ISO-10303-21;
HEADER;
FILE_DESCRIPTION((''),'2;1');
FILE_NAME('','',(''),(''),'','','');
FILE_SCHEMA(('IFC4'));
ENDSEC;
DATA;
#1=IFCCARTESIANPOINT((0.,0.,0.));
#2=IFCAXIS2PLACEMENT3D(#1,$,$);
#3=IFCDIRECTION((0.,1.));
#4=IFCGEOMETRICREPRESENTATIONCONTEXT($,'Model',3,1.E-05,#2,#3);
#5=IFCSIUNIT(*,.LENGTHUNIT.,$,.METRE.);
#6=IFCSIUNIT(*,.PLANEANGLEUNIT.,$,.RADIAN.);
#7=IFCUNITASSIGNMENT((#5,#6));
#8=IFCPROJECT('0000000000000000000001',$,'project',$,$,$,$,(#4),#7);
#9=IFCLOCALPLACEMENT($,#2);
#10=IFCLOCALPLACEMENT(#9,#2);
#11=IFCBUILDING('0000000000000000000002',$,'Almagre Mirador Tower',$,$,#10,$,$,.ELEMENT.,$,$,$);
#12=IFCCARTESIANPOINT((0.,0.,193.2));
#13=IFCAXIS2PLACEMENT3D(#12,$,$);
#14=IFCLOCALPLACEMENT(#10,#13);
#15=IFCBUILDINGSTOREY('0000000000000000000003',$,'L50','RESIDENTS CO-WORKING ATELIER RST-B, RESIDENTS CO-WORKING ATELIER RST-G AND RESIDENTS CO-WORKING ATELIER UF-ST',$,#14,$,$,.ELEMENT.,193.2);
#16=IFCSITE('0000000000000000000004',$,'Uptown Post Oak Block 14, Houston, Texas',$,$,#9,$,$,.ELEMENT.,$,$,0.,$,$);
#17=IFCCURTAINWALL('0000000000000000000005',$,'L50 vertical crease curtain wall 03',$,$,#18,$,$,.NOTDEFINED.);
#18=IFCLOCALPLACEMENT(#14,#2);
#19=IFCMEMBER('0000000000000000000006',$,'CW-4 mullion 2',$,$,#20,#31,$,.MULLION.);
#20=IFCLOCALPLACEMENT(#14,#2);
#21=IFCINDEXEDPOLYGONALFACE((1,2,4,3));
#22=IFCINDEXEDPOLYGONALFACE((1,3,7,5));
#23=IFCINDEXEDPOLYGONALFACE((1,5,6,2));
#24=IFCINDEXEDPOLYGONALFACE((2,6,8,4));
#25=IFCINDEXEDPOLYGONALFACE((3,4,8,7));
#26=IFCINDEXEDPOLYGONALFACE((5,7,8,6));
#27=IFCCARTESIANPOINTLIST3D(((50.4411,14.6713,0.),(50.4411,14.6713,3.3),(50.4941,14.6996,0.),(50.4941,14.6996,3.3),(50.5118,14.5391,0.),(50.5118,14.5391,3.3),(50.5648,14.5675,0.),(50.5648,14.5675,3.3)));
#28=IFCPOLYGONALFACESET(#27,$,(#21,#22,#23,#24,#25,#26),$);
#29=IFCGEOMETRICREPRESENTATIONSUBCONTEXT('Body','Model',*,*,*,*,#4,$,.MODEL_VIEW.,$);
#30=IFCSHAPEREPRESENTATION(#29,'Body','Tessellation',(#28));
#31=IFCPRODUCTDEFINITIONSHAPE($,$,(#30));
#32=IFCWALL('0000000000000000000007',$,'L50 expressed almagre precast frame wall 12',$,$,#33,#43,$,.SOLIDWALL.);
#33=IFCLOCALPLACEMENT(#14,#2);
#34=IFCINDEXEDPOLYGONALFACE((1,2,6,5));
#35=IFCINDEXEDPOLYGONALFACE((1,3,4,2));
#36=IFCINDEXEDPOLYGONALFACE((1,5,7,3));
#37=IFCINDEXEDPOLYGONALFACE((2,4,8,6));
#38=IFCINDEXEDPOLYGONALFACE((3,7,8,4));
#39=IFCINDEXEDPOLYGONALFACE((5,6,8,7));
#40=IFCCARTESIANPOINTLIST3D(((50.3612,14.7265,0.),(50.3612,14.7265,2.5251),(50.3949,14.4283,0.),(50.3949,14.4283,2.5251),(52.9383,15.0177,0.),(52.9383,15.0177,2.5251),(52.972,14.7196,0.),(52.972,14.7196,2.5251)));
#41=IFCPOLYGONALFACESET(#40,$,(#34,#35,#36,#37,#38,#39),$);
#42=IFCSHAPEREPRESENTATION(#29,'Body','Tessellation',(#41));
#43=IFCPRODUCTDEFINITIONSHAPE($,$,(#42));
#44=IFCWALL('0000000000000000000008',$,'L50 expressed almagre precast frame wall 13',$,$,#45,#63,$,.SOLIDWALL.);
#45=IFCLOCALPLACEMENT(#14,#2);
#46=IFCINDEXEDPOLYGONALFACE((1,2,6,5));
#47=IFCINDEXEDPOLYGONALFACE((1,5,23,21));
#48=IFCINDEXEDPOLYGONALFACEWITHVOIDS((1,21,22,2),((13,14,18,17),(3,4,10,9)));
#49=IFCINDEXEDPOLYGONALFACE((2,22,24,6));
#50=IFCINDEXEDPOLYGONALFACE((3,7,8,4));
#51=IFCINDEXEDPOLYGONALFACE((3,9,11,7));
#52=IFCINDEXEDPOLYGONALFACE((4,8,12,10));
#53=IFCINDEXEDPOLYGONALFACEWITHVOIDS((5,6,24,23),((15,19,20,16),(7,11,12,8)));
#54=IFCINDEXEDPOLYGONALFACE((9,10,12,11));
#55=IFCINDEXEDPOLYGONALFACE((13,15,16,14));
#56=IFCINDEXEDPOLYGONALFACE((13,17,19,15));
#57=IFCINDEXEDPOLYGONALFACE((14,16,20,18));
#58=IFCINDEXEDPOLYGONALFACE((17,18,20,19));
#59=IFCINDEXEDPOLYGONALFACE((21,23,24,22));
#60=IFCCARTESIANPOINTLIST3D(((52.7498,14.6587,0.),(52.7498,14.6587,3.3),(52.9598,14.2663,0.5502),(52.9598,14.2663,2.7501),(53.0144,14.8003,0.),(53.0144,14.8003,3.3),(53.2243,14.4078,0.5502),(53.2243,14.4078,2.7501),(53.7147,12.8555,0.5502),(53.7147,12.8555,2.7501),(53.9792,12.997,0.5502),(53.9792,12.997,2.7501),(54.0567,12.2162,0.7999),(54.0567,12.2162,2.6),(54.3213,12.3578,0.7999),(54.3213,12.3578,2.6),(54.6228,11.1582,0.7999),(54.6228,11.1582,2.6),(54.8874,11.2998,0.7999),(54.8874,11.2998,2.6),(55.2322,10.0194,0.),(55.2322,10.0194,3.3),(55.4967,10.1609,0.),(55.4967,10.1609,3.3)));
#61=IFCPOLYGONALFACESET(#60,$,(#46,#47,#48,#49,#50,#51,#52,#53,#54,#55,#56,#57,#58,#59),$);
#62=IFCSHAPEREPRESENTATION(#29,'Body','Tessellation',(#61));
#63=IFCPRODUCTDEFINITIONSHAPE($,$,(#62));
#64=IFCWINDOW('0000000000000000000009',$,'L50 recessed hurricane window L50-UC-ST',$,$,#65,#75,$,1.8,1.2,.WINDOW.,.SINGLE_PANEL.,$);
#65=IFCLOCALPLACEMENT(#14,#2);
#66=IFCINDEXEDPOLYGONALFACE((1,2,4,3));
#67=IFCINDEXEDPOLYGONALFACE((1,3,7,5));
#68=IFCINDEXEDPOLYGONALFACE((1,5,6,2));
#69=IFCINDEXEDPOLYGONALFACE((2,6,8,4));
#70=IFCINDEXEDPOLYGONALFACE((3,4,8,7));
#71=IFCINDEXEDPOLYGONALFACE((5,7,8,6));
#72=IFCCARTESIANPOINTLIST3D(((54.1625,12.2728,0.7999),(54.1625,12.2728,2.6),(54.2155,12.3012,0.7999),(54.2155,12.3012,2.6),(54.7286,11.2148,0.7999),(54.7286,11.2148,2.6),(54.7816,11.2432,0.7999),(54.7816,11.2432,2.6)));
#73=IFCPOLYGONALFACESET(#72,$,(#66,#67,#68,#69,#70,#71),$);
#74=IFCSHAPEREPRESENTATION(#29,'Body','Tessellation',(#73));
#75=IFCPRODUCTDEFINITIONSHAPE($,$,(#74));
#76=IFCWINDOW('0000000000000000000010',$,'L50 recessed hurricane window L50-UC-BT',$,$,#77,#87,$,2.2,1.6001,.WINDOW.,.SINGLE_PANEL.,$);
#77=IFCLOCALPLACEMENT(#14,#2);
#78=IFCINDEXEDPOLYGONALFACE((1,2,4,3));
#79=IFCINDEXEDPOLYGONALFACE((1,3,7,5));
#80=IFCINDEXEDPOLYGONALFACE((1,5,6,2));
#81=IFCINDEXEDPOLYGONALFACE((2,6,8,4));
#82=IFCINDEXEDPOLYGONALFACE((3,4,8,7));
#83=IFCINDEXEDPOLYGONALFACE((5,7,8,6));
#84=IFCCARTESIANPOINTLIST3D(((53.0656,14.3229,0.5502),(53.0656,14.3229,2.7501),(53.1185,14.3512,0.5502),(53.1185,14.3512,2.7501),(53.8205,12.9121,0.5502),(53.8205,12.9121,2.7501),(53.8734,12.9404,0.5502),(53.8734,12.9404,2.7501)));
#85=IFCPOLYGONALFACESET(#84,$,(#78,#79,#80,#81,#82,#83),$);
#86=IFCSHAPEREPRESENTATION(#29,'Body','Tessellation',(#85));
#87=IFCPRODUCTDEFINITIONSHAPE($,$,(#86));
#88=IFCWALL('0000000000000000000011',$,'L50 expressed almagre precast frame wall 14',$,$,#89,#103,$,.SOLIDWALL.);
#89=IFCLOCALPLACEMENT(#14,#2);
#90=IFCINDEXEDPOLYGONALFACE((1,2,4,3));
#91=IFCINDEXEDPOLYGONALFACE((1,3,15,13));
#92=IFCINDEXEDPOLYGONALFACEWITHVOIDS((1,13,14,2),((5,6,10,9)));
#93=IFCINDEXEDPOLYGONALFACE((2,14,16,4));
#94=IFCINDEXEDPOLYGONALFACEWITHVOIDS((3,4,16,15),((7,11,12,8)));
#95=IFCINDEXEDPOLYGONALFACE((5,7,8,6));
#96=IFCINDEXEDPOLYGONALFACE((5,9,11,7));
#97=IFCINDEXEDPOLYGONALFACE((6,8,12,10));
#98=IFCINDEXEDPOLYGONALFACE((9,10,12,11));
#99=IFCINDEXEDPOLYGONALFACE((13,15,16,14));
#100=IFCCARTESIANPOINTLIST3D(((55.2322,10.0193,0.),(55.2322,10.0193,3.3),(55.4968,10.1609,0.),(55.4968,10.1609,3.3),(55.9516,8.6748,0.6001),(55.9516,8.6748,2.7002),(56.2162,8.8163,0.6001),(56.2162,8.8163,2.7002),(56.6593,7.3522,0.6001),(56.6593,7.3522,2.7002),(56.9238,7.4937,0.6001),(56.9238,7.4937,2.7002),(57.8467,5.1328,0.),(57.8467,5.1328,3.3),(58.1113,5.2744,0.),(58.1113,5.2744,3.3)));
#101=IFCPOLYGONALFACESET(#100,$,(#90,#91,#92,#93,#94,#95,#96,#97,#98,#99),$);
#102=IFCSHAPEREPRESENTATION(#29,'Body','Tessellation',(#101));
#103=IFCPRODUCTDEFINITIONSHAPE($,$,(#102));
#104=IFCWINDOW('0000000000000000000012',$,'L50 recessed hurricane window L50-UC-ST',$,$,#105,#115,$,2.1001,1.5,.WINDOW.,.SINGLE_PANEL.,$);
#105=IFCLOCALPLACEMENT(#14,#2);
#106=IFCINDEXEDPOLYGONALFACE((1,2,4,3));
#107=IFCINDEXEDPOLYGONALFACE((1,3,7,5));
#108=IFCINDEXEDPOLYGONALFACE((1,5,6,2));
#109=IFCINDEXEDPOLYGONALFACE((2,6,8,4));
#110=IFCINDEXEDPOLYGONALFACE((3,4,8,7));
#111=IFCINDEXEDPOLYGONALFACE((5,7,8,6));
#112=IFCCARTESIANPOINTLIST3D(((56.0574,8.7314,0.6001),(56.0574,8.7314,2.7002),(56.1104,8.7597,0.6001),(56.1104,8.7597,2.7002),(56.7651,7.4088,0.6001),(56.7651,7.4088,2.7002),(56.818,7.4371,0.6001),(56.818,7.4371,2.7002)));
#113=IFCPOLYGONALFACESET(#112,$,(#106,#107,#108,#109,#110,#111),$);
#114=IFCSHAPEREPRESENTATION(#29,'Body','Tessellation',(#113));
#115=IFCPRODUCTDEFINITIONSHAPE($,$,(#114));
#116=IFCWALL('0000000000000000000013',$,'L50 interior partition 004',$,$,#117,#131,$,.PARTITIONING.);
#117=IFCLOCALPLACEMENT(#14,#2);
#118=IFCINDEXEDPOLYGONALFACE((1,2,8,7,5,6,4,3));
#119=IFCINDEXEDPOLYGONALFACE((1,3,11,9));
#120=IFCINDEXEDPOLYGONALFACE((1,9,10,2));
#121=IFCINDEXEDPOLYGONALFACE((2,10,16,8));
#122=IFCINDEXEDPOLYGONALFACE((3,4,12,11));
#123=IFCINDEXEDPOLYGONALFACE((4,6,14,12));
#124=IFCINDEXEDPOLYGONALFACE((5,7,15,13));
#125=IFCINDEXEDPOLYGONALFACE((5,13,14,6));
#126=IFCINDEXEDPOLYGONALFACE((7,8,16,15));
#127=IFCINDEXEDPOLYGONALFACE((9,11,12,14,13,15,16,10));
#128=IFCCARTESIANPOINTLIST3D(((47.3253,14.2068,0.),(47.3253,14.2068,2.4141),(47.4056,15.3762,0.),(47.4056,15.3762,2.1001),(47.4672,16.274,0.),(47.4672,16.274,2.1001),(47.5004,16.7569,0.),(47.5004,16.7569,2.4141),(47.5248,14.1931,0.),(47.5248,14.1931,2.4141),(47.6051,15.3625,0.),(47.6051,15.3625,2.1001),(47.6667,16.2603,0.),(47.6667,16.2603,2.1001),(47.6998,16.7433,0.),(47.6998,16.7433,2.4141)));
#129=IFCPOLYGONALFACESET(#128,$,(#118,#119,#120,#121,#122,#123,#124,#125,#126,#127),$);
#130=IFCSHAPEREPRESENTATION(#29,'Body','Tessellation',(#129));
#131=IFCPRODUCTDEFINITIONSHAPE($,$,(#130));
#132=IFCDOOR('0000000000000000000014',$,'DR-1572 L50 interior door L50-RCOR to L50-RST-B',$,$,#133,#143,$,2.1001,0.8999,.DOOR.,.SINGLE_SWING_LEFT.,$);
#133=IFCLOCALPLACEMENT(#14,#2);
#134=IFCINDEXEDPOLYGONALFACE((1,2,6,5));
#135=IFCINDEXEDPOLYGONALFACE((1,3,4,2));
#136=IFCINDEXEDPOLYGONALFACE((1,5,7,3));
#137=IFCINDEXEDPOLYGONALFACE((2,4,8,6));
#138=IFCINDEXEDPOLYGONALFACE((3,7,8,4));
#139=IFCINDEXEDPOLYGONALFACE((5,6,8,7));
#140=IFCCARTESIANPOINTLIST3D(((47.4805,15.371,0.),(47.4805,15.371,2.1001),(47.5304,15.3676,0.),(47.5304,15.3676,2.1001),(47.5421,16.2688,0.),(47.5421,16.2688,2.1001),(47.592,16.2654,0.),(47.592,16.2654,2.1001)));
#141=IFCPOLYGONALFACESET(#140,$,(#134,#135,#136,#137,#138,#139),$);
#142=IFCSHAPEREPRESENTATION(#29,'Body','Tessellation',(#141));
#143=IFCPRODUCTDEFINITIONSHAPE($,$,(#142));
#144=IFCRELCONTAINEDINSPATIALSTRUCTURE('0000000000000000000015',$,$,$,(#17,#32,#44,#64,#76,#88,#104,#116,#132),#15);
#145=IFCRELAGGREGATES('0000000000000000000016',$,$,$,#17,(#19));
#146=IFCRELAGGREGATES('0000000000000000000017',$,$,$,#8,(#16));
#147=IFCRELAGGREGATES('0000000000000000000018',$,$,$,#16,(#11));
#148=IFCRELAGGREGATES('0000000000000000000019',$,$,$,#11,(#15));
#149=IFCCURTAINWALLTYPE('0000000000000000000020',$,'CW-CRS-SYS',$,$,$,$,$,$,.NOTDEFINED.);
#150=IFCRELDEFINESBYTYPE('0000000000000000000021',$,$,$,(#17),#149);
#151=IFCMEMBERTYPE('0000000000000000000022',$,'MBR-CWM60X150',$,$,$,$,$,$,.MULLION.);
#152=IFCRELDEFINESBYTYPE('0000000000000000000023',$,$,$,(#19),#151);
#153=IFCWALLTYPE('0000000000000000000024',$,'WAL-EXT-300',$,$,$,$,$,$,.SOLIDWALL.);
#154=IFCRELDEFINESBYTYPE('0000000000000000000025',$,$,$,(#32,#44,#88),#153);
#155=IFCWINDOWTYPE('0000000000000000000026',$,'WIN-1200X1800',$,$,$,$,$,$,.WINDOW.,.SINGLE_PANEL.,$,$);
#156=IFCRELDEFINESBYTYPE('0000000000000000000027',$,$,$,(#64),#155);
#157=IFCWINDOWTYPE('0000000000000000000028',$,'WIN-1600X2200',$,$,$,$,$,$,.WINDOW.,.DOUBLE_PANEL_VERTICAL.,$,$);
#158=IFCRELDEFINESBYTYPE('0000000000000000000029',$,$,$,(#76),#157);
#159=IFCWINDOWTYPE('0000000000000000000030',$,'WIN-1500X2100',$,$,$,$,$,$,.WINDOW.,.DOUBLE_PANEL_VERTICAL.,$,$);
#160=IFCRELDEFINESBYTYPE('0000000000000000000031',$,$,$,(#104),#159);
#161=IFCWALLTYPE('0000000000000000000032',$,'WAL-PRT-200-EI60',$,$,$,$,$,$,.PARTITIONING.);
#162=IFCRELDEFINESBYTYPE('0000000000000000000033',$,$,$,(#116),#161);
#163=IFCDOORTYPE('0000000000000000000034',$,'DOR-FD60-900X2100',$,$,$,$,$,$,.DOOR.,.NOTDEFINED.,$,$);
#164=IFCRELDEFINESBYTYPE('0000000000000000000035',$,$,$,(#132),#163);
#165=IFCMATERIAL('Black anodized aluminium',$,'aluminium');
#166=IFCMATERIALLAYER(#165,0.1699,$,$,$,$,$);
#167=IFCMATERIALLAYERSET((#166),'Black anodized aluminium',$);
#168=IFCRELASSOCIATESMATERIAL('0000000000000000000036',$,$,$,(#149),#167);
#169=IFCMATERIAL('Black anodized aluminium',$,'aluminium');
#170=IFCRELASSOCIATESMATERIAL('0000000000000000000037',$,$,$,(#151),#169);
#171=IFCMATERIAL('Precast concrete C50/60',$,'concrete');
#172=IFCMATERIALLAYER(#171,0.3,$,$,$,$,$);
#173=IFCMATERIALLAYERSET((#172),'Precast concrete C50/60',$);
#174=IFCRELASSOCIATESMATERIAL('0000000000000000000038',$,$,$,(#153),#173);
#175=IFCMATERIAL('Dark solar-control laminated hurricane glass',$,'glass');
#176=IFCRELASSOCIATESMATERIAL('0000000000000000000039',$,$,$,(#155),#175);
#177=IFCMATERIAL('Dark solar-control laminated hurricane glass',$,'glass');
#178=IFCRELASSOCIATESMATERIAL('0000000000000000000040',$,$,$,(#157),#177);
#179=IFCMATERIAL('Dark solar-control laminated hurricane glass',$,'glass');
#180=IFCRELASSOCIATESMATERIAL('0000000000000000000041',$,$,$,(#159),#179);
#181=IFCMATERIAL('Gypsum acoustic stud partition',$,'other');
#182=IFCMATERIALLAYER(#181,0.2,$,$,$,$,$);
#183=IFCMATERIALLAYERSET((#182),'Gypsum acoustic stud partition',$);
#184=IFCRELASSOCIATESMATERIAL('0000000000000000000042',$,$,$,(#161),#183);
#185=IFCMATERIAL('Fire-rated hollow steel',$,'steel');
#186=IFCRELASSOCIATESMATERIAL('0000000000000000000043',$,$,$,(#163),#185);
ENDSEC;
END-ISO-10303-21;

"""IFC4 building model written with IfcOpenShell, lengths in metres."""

from ifc_helpers import new_model, si_unit, direction, frame, frame_2d, origin, origin_2d, place, context, subcontext, project, spatial, rectangle, extrude, material, layer, layer_set, material_profile, profile_set, type_object, element, fill, aggregate, save


model = new_model("IFC4")

# Units and contexts
model_context = context("Model", 3, precision=1e-05, world=origin(), true_north=direction((0.0, 1.0)))
body_context = subcontext(model_context, "Body", "Model", "MODEL_VIEW")
ifc_project = project(units=[si_unit("LENGTHUNIT", "METRE"), si_unit("PLANEANGLEUNIT", "RADIAN")], contexts=[model_context])

# Site, building, storey
site_placement = place(None, origin())
site = spatial("IfcSite", under=ifc_project, at=site_placement, Name="Uptown Post Oak Block 14, Houston, Texas", CompositionType="ELEMENT", RefElevation=0.0)
building_placement = place(site_placement, origin())
building = spatial("IfcBuilding", under=site, at=building_placement, Name="Almagre Mirador Tower", CompositionType="ELEMENT")
storey_placement = place(building_placement, frame((0.0, 0.0, 193.2)))
storey = spatial("IfcBuildingStorey", under=building, at=storey_placement, Name="L50", Description="RESIDENTS CO-WORKING ATELIER RST-B, RESIDENTS CO-WORKING ATELIER RST-G AND RESIDENTS CO-WORKING ATELIER UF-ST", CompositionType="ELEMENT", Elevation=193.2)

# Curtain wall, member
ifc_material_1 = material(Name="Black anodized aluminium", Category="aluminium")
ifc_layer_1 = layer(ifc_material_1, 0.1699)
ifc_layer_set_1 = layer_set([ifc_layer_1], Name="Black anodized aluminium")
curtain_wall_type = type_object("IfcCurtainWallType", Name="CW-CRS-SYS", PredefinedType="NOTDEFINED", material=ifc_layer_set_1)
curtain_wall_placement = place(storey_placement, origin())
curtain_wall = element("IfcCurtainWall", 1, at=curtain_wall_placement, inside=storey, type_object=curtain_wall_type, Name="L50 vertical crease curtain wall 03", PredefinedType="NOTDEFINED")
ifc_material_2 = material(Name="Black anodized aluminium", Category="aluminium")
ifc_material_profile_1 = material_profile(ifc_material_2, rectangle(XDim=0.0601, YDim=0.1499, at=origin_2d()), Name="CWM60X150")
ifc_profile_set_1 = profile_set([ifc_material_profile_1], Name="Black anodized aluminium")
member_type = type_object("IfcMemberType", Name="MBR-CWM60X150", PredefinedType="MULLION", material=ifc_profile_set_1)
member_placement = place(storey_placement, frame((50.5029, 14.6194, 0.0), z_axis=(0.0, 0.0, 1.0), x_axis=(0.881743, 0.47173, 0.0)))
member = element("IfcMember", 2, at=member_placement, type_object=member_type, Name="CW-4 mullion 2", PredefinedType="MULLION", context=body_context, shape_type="SweptSolid", body=[
    extrude(rectangle(XDim=0.0601, YDim=0.1499, at=origin_2d()), origin(), (0.0, 0.0, 1.0), 3.3),
])
aggregate(curtain_wall, [member])

# Wall
ifc_material_3 = material(Name="Precast concrete C50/60", Category="concrete")
ifc_layer_2 = layer(ifc_material_3, 0.3)
ifc_layer_set_2 = layer_set([ifc_layer_2], Name="Precast concrete C50/60")
wall_type_1 = type_object("IfcWallType", Name="WAL-EXT-300", PredefinedType="SOLIDWALL", material=ifc_layer_set_2)
wall_1_placement = place(storey_placement, frame((50.3779, 14.5774, 0.0), z_axis=(0.0, 0.0, 1.0), x_axis=(0.993674, 0.112301, 0.0)))
element("IfcWall", 3, at=wall_1_placement, inside=storey, type_object=wall_type_1, Name="L50 expressed almagre precast frame wall 12", PredefinedType="SOLIDWALL", context=body_context, shape_type="SweptSolid", body=[
    extrude(rectangle(XDim=2.5935, YDim=0.3, at=frame_2d((1.2969, 0.0))), origin(), (0.0, 0.0, 1.0), 2.5251),
])

# Wall, openings, windows
wall_2_placement = place(storey_placement, frame((52.8821, 14.7295, 0.0), z_axis=(0.0, 0.0, 1.0), x_axis=(0.471782, -0.881715, 0.0)))
wall_2 = element("IfcWall", 4, at=wall_2_placement, inside=storey, type_object=wall_type_1, Name="L50 expressed almagre precast frame wall 13", PredefinedType="SOLIDWALL", context=body_context, shape_type="SweptSolid", body=[
    extrude(rectangle(XDim=5.2617, YDim=0.3, at=frame_2d((2.6309, 0.0))), origin(), (0.0, 0.0, 1.0), 3.3),
])
opening_1_placement = place(wall_2_placement, frame((2.77, 0.0, 0.8)))
opening_1 = element("IfcOpeningElement", 5, at=opening_1_placement, cuts=wall_2, PredefinedType="OPENING", context=body_context, shape_type="SweptSolid", body=[
    extrude(rectangle(XDim=1.2, YDim=1.8, at=frame_2d((0.6001, 0.8999))), frame((0.0, 0.1599, 0.0), z_axis=(0.0, -1.0, 0.0), x_axis=(1.0, 0.0, 0.0)), (0.0, 0.0, 1.0), 0.32),
])
opening_2_placement = place(wall_2_placement, frame((0.4451, 0.0, 0.55)))
opening_2 = element("IfcOpeningElement", 6, at=opening_2_placement, cuts=wall_2, PredefinedType="OPENING", context=body_context, shape_type="SweptSolid", body=[
    extrude(rectangle(XDim=1.6001, YDim=2.2, at=frame_2d((0.8, 1.1001))), frame((0.0, 0.1599, 0.0), z_axis=(0.0, -1.0, 0.0), x_axis=(1.0, 0.0, 0.0)), (0.0, 0.0, 1.0), 0.32),
])
ifc_material_4 = material(Name="Dark solar-control laminated hurricane glass", Category="glass")
window_type_1 = type_object("IfcWindowType", Name="WIN-1200X1800", PartitioningType="SINGLE_PANEL", PredefinedType="WINDOW", material=ifc_material_4)
window_1_placement = place(opening_1_placement, origin())
window_1 = element("IfcWindow", 7, at=window_1_placement, inside=storey, type_object=window_type_1, Name="L50 recessed hurricane window L50-UC-ST", OverallHeight=1.8, OverallWidth=1.2, PartitioningType="SINGLE_PANEL", PredefinedType="WINDOW", context=body_context, shape_type="SweptSolid", body=[
    extrude(rectangle(XDim=1.2, YDim=1.8, at=frame_2d((0.6001, 0.8999))), frame((0.0, 0.03, 0.0), z_axis=(0.0, -1.0, 0.0), x_axis=(1.0, 0.0, 0.0)), (0.0, 0.0, 1.0), 0.0601),
])
fill(opening_1, window_1)
ifc_material_5 = material(Name="Dark solar-control laminated hurricane glass", Category="glass")
window_type_2 = type_object("IfcWindowType", Name="WIN-1600X2200", PartitioningType="DOUBLE_PANEL_VERTICAL", PredefinedType="WINDOW", material=ifc_material_5)
window_2_placement = place(opening_2_placement, origin())
window_2 = element("IfcWindow", 8, at=window_2_placement, inside=storey, type_object=window_type_2, Name="L50 recessed hurricane window L50-UC-BT", OverallHeight=2.2, OverallWidth=1.6001, PartitioningType="SINGLE_PANEL", PredefinedType="WINDOW", context=body_context, shape_type="SweptSolid", body=[
    extrude(rectangle(XDim=1.6001, YDim=2.2, at=frame_2d((0.8, 1.1001))), frame((0.0, 0.03, 0.0), z_axis=(0.0, -1.0, 0.0), x_axis=(1.0, 0.0, 0.0)), (0.0, 0.0, 1.0), 0.0601),
])
fill(opening_2, window_2)

# Wall, opening, window
wall_3_placement = place(storey_placement, frame((55.3645, 10.0901, 0.0), z_axis=(0.0, 0.0, 1.0), x_axis=(0.471765, -0.881724, 0.0)))
wall_3 = element("IfcWall", 9, at=wall_3_placement, inside=storey, type_object=wall_type_1, Name="L50 expressed almagre precast frame wall 14", PredefinedType="SOLIDWALL", context=body_context, shape_type="SweptSolid", body=[
    extrude(rectangle(XDim=5.542, YDim=0.3, at=frame_2d((2.771, 0.0))), origin(), (0.0, 0.0, 1.0), 3.3),
])
opening_3_placement = place(wall_3_placement, frame((1.5249, 0.0, 0.6001)))
opening_3 = element("IfcOpeningElement", 10, at=opening_3_placement, cuts=wall_3, PredefinedType="OPENING", context=body_context, shape_type="SweptSolid", body=[
    extrude(rectangle(XDim=1.5, YDim=2.1001, at=frame_2d((0.75, 1.05))), frame((0.0, 0.1599, 0.0), z_axis=(0.0, -1.0, 0.0), x_axis=(1.0, 0.0, 0.0)), (0.0, 0.0, 1.0), 0.32),
])
ifc_material_6 = material(Name="Dark solar-control laminated hurricane glass", Category="glass")
window_type_3 = type_object("IfcWindowType", Name="WIN-1500X2100", PartitioningType="DOUBLE_PANEL_VERTICAL", PredefinedType="WINDOW", material=ifc_material_6)
window_3_placement = place(opening_3_placement, origin())
window_3 = element("IfcWindow", 11, at=window_3_placement, inside=storey, type_object=window_type_3, Name="L50 recessed hurricane window L50-UC-ST", OverallHeight=2.1001, OverallWidth=1.5, PartitioningType="SINGLE_PANEL", PredefinedType="WINDOW", context=body_context, shape_type="SweptSolid", body=[
    extrude(rectangle(XDim=1.5, YDim=2.1001, at=frame_2d((0.75, 1.05))), frame((0.0, 0.03, 0.0), z_axis=(0.0, -1.0, 0.0), x_axis=(1.0, 0.0, 0.0)), (0.0, 0.0, 1.0), 0.0601),
])
fill(opening_3, window_3)

# Wall, opening, door
ifc_material_7 = material(Name="Gypsum acoustic stud partition", Category="other")
ifc_layer_3 = layer(ifc_material_7, 0.2)
ifc_layer_set_3 = layer_set([ifc_layer_3], Name="Gypsum acoustic stud partition")
wall_type_2 = type_object("IfcWallType", Name="WAL-PRT-200-EI60", PredefinedType="PARTITIONING", material=ifc_layer_set_3)
wall_4_placement = place(storey_placement, frame((47.425, 14.2, 0.0), z_axis=(0.0, 0.0, 1.0), x_axis=(0.068484, 0.997652, 0.0)))
wall_4 = element("IfcWall", 12, at=wall_4_placement, inside=storey, type_object=wall_type_2, Name="L50 interior partition 004", PredefinedType="PARTITIONING", context=body_context, shape_type="SweptSolid", body=[
    extrude(rectangle(XDim=2.5562, YDim=0.2, at=frame_2d((1.2781, 0.0))), origin(), (0.0, 0.0, 1.0), 2.4141),
])
opening_4_placement = place(wall_4_placement, frame((1.1721, 0.0, 0.0)))
opening_4 = element("IfcOpeningElement", 13, at=opening_4_placement, cuts=wall_4, PredefinedType="OPENING", context=body_context, shape_type="SweptSolid", body=[
    extrude(rectangle(XDim=0.8999, YDim=2.1001, at=frame_2d((0.45, 1.05))), frame((0.0, 0.1101, 0.0), z_axis=(0.0, -1.0, 0.0), x_axis=(1.0, 0.0, 0.0)), (0.0, 0.0, 1.0), 0.22),
])
ifc_material_8 = material(Name="Fire-rated hollow steel", Category="steel")
door_type = type_object("IfcDoorType", Name="DOR-FD60-900X2100", OperationType="NOTDEFINED", PredefinedType="DOOR", material=ifc_material_8)
door_placement = place(opening_4_placement, origin())
door = element("IfcDoor", 14, at=door_placement, inside=storey, type_object=door_type, Name="DR-1572 L50 interior door L50-RCOR to L50-RST-B", OperationType="SINGLE_SWING_LEFT", OverallHeight=2.1001, OverallWidth=0.8999, PredefinedType="DOOR", context=body_context, shape_type="SweptSolid", body=[
    extrude(rectangle(XDim=0.8999, YDim=2.1001, at=frame_2d((0.45, 1.05))), frame((0.0, 0.0249, 0.0), z_axis=(0.0, -1.0, 0.0), x_axis=(1.0, 0.0, 0.0)), (0.0, 0.0, 1.0), 0.05),
])
fill(opening_4, door)

save(model, "model.ifc")
